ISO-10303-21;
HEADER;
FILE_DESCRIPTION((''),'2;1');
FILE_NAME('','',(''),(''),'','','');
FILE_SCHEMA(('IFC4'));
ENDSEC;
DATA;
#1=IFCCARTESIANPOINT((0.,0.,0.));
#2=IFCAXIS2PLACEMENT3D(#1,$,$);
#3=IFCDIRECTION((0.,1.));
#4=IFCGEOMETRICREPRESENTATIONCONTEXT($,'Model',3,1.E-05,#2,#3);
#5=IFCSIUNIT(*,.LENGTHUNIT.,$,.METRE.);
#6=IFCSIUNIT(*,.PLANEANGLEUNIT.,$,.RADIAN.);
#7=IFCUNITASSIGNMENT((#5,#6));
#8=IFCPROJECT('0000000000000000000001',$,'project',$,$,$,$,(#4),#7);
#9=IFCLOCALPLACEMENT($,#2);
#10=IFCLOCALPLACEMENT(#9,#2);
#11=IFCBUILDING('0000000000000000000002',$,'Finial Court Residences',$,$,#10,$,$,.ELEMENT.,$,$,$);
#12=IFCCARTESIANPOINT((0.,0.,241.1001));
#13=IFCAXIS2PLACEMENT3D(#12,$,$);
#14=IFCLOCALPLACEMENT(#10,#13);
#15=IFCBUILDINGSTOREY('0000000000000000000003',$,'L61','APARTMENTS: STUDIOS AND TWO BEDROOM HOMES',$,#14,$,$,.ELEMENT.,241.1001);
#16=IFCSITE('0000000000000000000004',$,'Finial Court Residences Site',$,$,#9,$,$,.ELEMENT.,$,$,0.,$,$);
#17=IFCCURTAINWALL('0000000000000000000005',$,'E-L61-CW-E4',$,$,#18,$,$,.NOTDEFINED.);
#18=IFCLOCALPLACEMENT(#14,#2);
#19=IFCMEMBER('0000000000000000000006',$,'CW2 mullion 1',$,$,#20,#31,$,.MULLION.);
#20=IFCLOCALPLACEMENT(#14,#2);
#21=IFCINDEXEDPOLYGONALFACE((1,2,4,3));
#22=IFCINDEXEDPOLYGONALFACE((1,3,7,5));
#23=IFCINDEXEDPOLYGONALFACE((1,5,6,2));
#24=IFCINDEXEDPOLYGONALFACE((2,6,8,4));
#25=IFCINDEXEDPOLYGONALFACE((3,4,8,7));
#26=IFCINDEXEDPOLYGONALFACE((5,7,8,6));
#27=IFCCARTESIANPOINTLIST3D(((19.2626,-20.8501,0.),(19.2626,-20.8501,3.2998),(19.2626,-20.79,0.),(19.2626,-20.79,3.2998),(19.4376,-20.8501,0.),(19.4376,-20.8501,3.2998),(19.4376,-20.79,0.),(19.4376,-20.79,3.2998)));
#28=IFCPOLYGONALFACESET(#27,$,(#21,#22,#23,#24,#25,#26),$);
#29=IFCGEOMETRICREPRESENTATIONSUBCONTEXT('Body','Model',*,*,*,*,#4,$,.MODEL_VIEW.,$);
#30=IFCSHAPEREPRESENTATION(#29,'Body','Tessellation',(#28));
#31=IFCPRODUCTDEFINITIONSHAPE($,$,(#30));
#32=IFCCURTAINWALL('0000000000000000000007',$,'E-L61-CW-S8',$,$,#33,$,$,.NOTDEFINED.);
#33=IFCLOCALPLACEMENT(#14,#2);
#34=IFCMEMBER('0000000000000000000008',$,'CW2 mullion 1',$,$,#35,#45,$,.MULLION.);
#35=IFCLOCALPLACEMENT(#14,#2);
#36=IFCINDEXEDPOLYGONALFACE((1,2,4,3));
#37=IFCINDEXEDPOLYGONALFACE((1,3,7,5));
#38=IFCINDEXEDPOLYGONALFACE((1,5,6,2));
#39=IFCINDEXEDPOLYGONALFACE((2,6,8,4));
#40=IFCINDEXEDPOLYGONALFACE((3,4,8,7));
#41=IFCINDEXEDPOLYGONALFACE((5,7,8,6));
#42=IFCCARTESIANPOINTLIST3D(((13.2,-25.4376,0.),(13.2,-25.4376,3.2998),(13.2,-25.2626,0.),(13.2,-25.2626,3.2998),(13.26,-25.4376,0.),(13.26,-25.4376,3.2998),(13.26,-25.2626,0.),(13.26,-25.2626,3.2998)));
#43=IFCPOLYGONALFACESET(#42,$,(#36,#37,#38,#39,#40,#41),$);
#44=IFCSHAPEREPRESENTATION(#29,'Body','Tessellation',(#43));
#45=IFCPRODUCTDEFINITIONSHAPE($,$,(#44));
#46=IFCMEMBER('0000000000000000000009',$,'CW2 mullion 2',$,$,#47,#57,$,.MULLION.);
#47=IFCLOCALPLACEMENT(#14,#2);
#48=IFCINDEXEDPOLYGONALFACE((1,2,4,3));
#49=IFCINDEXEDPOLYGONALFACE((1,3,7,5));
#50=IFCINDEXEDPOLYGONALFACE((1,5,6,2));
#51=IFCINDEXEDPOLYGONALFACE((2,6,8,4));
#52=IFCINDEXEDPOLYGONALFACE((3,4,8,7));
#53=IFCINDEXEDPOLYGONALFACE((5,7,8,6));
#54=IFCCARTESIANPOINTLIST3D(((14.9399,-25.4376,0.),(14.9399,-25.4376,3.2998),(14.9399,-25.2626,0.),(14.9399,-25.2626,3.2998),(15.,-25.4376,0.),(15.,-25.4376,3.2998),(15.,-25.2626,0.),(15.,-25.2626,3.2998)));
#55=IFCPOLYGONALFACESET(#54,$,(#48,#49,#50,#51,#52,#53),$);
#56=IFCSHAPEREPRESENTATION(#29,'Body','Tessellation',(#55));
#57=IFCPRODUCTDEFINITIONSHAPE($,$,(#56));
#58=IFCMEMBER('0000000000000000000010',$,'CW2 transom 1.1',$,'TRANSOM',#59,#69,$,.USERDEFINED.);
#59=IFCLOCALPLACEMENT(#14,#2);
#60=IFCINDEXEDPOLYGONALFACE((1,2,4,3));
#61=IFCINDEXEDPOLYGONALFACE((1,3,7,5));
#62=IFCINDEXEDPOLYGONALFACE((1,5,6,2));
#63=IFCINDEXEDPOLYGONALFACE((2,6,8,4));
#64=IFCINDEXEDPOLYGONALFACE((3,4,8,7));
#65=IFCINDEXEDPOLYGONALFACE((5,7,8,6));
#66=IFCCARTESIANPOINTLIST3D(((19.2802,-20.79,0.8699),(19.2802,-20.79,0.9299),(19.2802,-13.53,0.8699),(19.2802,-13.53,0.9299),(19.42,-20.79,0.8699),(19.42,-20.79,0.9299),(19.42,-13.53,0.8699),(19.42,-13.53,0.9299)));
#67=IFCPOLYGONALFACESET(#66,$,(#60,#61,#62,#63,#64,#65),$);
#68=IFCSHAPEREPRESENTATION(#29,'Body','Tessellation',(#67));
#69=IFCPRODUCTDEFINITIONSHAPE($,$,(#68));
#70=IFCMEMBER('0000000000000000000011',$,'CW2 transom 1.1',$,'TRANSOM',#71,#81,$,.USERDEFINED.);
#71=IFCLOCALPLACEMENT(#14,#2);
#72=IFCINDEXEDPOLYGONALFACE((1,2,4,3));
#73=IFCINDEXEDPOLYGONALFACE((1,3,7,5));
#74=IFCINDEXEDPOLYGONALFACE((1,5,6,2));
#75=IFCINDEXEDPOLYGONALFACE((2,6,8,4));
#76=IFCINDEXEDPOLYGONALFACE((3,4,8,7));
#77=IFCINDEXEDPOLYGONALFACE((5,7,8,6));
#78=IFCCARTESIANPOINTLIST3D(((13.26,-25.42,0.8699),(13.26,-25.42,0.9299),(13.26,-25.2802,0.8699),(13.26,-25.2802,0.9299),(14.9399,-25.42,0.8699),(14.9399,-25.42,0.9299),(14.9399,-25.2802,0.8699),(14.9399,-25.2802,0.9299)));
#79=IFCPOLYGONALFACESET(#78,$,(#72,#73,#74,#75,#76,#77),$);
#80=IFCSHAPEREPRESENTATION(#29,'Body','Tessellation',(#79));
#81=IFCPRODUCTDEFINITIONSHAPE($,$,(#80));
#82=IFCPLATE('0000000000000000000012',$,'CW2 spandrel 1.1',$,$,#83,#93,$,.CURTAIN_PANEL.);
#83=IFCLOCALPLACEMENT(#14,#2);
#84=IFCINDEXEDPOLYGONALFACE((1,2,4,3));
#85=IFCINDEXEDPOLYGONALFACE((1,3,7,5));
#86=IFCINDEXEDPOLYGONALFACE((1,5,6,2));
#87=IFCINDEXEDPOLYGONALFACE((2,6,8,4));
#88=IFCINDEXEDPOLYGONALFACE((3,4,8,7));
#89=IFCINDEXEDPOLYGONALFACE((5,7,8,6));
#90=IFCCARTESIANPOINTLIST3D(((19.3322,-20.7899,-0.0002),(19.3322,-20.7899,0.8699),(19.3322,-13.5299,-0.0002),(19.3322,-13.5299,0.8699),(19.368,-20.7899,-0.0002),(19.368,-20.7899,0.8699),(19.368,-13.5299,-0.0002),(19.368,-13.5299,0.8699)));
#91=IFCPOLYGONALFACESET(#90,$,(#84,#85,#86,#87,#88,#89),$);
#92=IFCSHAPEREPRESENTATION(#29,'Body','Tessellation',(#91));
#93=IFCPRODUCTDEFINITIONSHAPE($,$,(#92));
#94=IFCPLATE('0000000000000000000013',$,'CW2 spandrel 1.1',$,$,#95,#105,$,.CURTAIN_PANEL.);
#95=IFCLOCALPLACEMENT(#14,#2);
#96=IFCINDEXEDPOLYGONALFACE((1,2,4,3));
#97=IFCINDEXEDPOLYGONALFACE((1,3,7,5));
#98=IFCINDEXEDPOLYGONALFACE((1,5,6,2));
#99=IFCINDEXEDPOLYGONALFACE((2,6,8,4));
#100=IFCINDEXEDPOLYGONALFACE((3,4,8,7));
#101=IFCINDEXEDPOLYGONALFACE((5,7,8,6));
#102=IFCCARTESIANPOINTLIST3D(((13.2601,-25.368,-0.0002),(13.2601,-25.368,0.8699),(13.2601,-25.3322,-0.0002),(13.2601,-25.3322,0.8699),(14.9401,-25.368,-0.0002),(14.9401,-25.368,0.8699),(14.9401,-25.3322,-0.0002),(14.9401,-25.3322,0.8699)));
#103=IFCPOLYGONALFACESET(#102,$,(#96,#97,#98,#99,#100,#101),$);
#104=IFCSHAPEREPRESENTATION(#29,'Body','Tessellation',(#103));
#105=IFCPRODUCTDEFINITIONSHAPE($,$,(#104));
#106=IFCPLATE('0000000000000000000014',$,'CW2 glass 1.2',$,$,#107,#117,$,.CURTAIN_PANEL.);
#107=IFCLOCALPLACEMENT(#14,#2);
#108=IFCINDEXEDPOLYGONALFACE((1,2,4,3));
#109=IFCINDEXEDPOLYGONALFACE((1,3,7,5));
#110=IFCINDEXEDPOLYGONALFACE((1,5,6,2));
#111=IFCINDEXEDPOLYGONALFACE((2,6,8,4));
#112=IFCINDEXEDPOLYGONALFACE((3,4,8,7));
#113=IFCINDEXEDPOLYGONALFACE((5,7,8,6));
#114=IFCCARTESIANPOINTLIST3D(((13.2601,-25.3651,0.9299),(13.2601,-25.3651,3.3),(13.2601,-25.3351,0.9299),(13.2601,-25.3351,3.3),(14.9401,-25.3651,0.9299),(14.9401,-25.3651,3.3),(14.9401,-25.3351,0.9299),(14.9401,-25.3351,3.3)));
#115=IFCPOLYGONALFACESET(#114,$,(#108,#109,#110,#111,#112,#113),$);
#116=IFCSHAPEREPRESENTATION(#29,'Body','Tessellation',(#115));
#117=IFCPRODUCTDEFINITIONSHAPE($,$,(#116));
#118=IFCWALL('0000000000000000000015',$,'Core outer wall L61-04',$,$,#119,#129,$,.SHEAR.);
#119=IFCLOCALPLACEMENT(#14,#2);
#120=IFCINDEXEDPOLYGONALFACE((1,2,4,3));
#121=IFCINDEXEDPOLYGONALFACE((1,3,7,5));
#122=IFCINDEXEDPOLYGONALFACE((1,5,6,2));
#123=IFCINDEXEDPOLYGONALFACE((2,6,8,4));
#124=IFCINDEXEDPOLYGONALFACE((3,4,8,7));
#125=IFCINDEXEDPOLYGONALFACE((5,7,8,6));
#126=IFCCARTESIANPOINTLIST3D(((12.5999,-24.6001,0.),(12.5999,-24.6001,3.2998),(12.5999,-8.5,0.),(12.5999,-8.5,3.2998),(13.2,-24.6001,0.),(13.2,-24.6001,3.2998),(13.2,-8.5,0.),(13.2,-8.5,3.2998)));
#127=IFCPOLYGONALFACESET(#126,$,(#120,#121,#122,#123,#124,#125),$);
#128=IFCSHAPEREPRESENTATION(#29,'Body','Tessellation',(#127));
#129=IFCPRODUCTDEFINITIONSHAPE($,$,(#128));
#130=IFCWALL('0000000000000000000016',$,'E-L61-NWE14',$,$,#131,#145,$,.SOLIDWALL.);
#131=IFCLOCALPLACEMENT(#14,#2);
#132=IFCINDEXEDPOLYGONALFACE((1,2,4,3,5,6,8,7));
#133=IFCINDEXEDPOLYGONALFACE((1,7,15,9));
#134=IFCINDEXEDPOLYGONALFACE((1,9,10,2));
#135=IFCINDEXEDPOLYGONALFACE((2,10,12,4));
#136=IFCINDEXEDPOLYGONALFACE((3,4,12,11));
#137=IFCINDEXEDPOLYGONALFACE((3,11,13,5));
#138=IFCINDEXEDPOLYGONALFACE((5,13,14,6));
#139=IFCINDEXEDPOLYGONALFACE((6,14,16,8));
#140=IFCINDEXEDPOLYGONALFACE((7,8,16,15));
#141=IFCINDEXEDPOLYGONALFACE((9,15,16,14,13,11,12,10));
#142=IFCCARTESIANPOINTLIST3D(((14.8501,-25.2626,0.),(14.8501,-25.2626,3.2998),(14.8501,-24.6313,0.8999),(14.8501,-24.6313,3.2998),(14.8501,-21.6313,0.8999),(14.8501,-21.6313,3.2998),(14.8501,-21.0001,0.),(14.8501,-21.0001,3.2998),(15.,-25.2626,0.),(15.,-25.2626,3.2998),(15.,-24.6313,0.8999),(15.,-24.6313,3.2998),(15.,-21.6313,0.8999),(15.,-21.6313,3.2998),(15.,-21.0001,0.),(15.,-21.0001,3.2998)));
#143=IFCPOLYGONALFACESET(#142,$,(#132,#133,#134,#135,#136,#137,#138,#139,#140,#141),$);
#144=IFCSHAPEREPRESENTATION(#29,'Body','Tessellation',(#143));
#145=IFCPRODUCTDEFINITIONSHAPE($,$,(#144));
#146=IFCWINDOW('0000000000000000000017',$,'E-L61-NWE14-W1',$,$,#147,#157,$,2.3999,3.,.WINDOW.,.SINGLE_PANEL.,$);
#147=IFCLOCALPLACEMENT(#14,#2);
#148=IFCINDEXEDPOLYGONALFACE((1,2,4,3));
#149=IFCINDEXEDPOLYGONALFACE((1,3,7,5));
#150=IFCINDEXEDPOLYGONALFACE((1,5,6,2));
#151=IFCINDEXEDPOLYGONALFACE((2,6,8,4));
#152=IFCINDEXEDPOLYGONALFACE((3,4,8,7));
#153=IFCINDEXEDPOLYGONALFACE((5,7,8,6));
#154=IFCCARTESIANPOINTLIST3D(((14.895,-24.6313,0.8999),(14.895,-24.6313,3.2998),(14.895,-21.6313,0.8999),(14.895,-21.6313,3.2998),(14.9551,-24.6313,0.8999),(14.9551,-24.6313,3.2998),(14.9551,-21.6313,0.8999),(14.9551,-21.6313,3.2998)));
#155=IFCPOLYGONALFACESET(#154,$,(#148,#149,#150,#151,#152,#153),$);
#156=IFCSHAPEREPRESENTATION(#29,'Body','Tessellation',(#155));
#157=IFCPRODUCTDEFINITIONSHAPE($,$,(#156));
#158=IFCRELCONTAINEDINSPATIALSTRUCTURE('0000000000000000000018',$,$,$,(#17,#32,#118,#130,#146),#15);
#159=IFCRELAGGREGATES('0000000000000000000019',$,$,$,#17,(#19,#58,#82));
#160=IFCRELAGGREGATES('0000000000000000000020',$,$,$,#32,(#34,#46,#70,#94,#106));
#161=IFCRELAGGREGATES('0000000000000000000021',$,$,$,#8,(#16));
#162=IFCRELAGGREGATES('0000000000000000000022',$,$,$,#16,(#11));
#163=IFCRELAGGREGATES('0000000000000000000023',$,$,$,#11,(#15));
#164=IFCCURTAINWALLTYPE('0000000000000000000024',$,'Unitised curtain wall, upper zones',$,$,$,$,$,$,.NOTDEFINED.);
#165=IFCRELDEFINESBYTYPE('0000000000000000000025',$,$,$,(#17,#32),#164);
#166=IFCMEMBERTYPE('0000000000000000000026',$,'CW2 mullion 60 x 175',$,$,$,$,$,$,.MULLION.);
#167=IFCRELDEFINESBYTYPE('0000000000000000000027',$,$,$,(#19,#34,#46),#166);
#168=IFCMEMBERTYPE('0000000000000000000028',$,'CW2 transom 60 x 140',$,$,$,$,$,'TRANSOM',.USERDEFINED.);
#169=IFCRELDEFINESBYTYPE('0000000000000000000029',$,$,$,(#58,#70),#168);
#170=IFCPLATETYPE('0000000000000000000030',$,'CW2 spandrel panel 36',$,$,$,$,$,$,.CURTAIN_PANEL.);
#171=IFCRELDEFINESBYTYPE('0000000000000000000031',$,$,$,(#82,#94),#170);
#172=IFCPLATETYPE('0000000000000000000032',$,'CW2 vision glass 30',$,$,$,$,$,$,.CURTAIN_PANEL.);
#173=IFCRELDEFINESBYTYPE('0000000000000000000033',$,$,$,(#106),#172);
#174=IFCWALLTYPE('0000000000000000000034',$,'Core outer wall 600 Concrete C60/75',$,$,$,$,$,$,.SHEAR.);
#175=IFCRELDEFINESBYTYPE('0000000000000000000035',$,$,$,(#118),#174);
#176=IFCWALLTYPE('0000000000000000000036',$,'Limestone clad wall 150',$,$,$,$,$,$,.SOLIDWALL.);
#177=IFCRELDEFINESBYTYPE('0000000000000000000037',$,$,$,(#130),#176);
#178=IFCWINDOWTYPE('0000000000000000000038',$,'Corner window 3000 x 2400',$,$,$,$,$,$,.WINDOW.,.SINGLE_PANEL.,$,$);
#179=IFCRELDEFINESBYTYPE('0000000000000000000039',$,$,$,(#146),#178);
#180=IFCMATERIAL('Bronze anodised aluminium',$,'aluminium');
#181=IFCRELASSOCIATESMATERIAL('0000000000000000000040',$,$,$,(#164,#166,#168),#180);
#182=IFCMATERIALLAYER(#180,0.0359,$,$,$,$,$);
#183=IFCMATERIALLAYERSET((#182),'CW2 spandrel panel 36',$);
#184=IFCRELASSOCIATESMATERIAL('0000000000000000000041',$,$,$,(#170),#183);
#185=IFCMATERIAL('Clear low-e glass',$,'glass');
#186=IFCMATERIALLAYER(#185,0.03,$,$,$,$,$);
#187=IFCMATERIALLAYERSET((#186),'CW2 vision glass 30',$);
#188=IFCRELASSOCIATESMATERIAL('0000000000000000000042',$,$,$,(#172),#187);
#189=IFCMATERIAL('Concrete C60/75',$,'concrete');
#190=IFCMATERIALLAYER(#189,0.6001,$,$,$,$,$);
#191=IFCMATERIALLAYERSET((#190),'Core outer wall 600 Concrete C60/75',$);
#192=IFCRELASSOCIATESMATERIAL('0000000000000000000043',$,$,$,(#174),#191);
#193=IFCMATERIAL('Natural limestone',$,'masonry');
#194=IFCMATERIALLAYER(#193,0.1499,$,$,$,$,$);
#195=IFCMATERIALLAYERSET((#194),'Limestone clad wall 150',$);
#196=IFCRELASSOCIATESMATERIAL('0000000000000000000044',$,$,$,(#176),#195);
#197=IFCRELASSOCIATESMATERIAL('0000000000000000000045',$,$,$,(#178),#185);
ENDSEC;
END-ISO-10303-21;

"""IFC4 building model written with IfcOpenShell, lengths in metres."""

from ifc_helpers import new_model, si_unit, direction, frame, frame_2d, origin, origin_2d, place, context, subcontext, project, spatial, rectangle, extrude, material, layer, layer_set, material_profile, profile_set, type_object, element, fill, aggregate, save


model = new_model("IFC4")

# Units and contexts
model_context = context("Model", 3, precision=1e-05, world=origin(), true_north=direction((0.0, 1.0)))
body_context = subcontext(model_context, "Body", "Model", "MODEL_VIEW")
ifc_project = project(units=[si_unit("LENGTHUNIT", "METRE"), si_unit("PLANEANGLEUNIT", "RADIAN")], contexts=[model_context])

# Site, building, storey
site_placement = place(None, origin())
site = spatial("IfcSite", under=ifc_project, at=site_placement, Name="Finial Court Residences Site", CompositionType="ELEMENT", RefElevation=0.0)
building_placement = place(site_placement, origin())
building = spatial("IfcBuilding", under=site, at=building_placement, Name="Finial Court Residences", CompositionType="ELEMENT")
storey_placement = place(building_placement, frame((0.0, 0.0, 241.1001)))
storey = spatial("IfcBuildingStorey", under=building, at=storey_placement, Name="L61", Description="APARTMENTS: STUDIOS AND TWO BEDROOM HOMES", CompositionType="ELEMENT", Elevation=241.1001)

# Curtain wall, member
ifc_material_1 = material(Name="Bronze anodised aluminium", Category="aluminium")
curtain_wall_type = type_object("IfcCurtainWallType", Name="Unitised curtain wall, upper zones", PredefinedType="NOTDEFINED", material=ifc_material_1)
curtain_wall_1_placement = place(storey_placement, origin())
curtain_wall_1 = element("IfcCurtainWall", 1, at=curtain_wall_1_placement, inside=storey, type_object=curtain_wall_type, Name="E-L61-CW-E4", PredefinedType="NOTDEFINED")
ifc_material_profile_1 = material_profile(ifc_material_1, rectangle(XDim=0.175, YDim=0.0601, at=origin_2d()), Name="CW2 mullion 60 x 175")
ifc_profile_set_1 = profile_set([ifc_material_profile_1], Name="Bronze anodised aluminium")
member_type_1 = type_object("IfcMemberType", Name="CW2 mullion 60 x 175", PredefinedType="MULLION", material=ifc_profile_set_1)
member_1_placement = place(storey_placement, frame((19.3501, -20.8201, 0.0), z_axis=(0.0, 0.0, 1.0), x_axis=(-1.0, 0.0, 0.0)))
member_1 = element("IfcMember", 2, at=member_1_placement, type_object=member_type_1, Name="CW2 mullion 1", PredefinedType="MULLION", context=body_context, shape_type="SweptSolid", body=[
    extrude(rectangle(XDim=0.175, YDim=0.0601, at=origin_2d()), origin(), (0.0, 0.0, 1.0), 3.2998),
])

# Curtain wall, members
curtain_wall_2_placement = place(storey_placement, origin())
curtain_wall_2 = element("IfcCurtainWall", 3, at=curtain_wall_2_placement, inside=storey, type_object=curtain_wall_type, Name="E-L61-CW-S8", PredefinedType="NOTDEFINED")
member_2_placement = place(storey_placement, frame((13.23, -25.3501, 0.0), z_axis=(0.0, 0.0, 1.0), x_axis=(0.0, 1.0, 0.0)))
member_2 = element("IfcMember", 4, at=member_2_placement, type_object=member_type_1, Name="CW2 mullion 1", PredefinedType="MULLION", context=body_context, shape_type="SweptSolid", body=[
    extrude(rectangle(XDim=0.175, YDim=0.0601, at=origin_2d()), origin(), (0.0, 0.0, 1.0), 3.2998),
])
member_3_placement = place(storey_placement, frame((14.97, -25.3501, 0.0), z_axis=(0.0, 0.0, 1.0), x_axis=(0.0, 1.0, 0.0)))
member_3 = element("IfcMember", 5, at=member_3_placement, type_object=member_type_1, Name="CW2 mullion 2", PredefinedType="MULLION", context=body_context, shape_type="SweptSolid", body=[
    extrude(rectangle(XDim=0.175, YDim=0.0601, at=origin_2d()), origin(), (0.0, 0.0, 1.0), 3.2998),
])

# Members
ifc_material_profile_2 = material_profile(ifc_material_1, rectangle(XDim=0.1399, YDim=0.0601, at=origin_2d()), Name="CW2 transom 60 x 140")
ifc_profile_set_2 = profile_set([ifc_material_profile_2], Name="Bronze anodised aluminium")
member_type_2 = type_object("IfcMemberType", Name="CW2 transom 60 x 140", ElementType="TRANSOM", PredefinedType="USERDEFINED", material=ifc_profile_set_2)
member_4_placement = place(storey_placement, frame((19.3501, -20.79, 0.8999), z_axis=(0.0, 1.0, 0.0), x_axis=(-1.0, 0.0, 0.0)))
member_4 = element("IfcMember", 6, at=member_4_placement, type_object=member_type_2, Name="CW2 transom 1.1", ObjectType="TRANSOM", PredefinedType="USERDEFINED", context=body_context, shape_type="SweptSolid", body=[
    extrude(rectangle(XDim=0.1399, YDim=0.0601, at=origin_2d()), origin(), (0.0, 0.0, 1.0), 7.26),
])
member_5_placement = place(storey_placement, frame((13.26, -25.3501, 0.8999), z_axis=(1.0, 0.0, 0.0), x_axis=(0.0, 1.0, 0.0)))
member_5 = element("IfcMember", 7, at=member_5_placement, type_object=member_type_2, Name="CW2 transom 1.1", ObjectType="TRANSOM", PredefinedType="USERDEFINED", context=body_context, shape_type="SweptSolid", body=[
    extrude(rectangle(XDim=0.1399, YDim=0.0601, at=origin_2d()), origin(), (0.0, 0.0, 1.0), 1.6799),
])

# Plates
ifc_layer_1 = layer(ifc_material_1, 0.0359)
ifc_layer_set_1 = layer_set([ifc_layer_1], Name="CW2 spandrel panel 36")
plate_type_1 = type_object("IfcPlateType", Name="CW2 spandrel panel 36", PredefinedType="CURTAIN_PANEL", material=ifc_layer_set_1)
plate_1_placement = place(storey_placement, frame((19.3501, -17.1599, -0.0002), z_axis=(0.0, 0.0, 1.0), x_axis=(0.0, 1.0, 0.0)))
plate_1 = element("IfcPlate", 8, at=plate_1_placement, type_object=plate_type_1, Name="CW2 spandrel 1.1", PredefinedType="CURTAIN_PANEL", context=body_context, shape_type="SweptSolid", body=[
    extrude(rectangle(XDim=7.26, YDim=0.0359, at=origin_2d()), origin(), (0.0, 0.0, 1.0), 0.8701),
])
aggregate(curtain_wall_1, [member_1, member_4, plate_1])
plate_2_placement = place(storey_placement, frame((14.1001, -25.3501, -0.0002), z_axis=(0.0, 0.0, 1.0), x_axis=(1.0, 0.0, 0.0)))
plate_2 = element("IfcPlate", 9, at=plate_2_placement, type_object=plate_type_1, Name="CW2 spandrel 1.1", PredefinedType="CURTAIN_PANEL", context=body_context, shape_type="SweptSolid", body=[
    extrude(rectangle(XDim=1.6799, YDim=0.0359, at=origin_2d()), origin(), (0.0, 0.0, 1.0), 0.8701),
])
ifc_material_2 = material(Name="Clear low-e glass", Category="glass")
ifc_layer_2 = layer(ifc_material_2, 0.03)
ifc_layer_set_2 = layer_set([ifc_layer_2], Name="CW2 vision glass 30")
plate_type_2 = type_object("IfcPlateType", Name="CW2 vision glass 30", PredefinedType="CURTAIN_PANEL", material=ifc_layer_set_2)
plate_3_placement = place(storey_placement, frame((14.1001, -25.3501, 0.9299), z_axis=(0.0, 0.0, 1.0), x_axis=(1.0, 0.0, 0.0)))
plate_3 = element("IfcPlate", 10, at=plate_3_placement, type_object=plate_type_2, Name="CW2 glass 1.2", PredefinedType="CURTAIN_PANEL", context=body_context, shape_type="SweptSolid", body=[
    extrude(rectangle(XDim=1.6799, YDim=0.03, at=origin_2d()), origin(), (0.0, 0.0, 1.0), 2.3701),
])
aggregate(curtain_wall_2, [member_2, member_3, member_5, plate_2, plate_3])

# Wall
ifc_material_3 = material(Name="Concrete C60/75", Category="concrete")
ifc_layer_3 = layer(ifc_material_3, 0.6001)
ifc_layer_set_3 = layer_set([ifc_layer_3], Name="Core outer wall 600 Concrete C60/75")
wall_type_1 = type_object("IfcWallType", Name="Core outer wall 600 Concrete C60/75", PredefinedType="SHEAR", material=ifc_layer_set_3)
wall_1_placement = place(storey_placement, frame((12.8999, -24.6001, 0.0), z_axis=(0.0, 0.0, 1.0), x_axis=(0.0, 1.0, 0.0)))
element("IfcWall", 11, at=wall_1_placement, inside=storey, type_object=wall_type_1, Name="Core outer wall L61-04", PredefinedType="SHEAR", context=body_context, shape_type="SweptSolid", body=[
    extrude(rectangle(XDim=16.1001, YDim=0.6001, at=frame_2d((8.05, 0.0))), origin(), (0.0, 0.0, 1.0), 3.2998),
])

# Wall, opening, window
ifc_material_4 = material(Name="Natural limestone", Category="masonry")
ifc_layer_4 = layer(ifc_material_4, 0.1499)
ifc_layer_set_4 = layer_set([ifc_layer_4], Name="Limestone clad wall 150")
wall_type_2 = type_object("IfcWallType", Name="Limestone clad wall 150", PredefinedType="SOLIDWALL", material=ifc_layer_set_4)
wall_2_placement = place(storey_placement, frame((14.925, -21.0, 0.0), z_axis=(0.0, 0.0, 1.0), x_axis=(0.0, -1.0, 0.0)))
wall_2 = element("IfcWall", 12, at=wall_2_placement, inside=storey, type_object=wall_type_2, Name="E-L61-NWE14", PredefinedType="SOLIDWALL", context=body_context, shape_type="SweptSolid", body=[
    extrude(rectangle(XDim=4.2625, YDim=0.1499, at=frame_2d((2.1313, 0.0))), origin(), (0.0, 0.0, 1.0), 3.2998),
])
opening_1_placement = place(wall_2_placement, frame((0.6313, 0.0, 0.8999)))
opening_1 = element("IfcOpeningElement", 13, at=opening_1_placement, cuts=wall_2, PredefinedType="OPENING", context=body_context, shape_type="SweptSolid", body=[
    extrude(rectangle(XDim=3.0, YDim=2.3999, at=frame_2d((1.5, 1.2))), frame((0.0, 0.085, 0.0), z_axis=(0.0, -1.0, 0.0), x_axis=(1.0, 0.0, 0.0)), (0.0, 0.0, 1.0), 0.1699),
])
window_type = type_object("IfcWindowType", Name="Corner window 3000 x 2400", PartitioningType="SINGLE_PANEL", PredefinedType="WINDOW", material=ifc_material_2)
window_1_placement = place(opening_1_placement, origin())
window_1 = element("IfcWindow", 14, at=window_1_placement, inside=storey, type_object=window_type, Name="E-L61-NWE14-W1", OverallHeight=2.3999, OverallWidth=3.0, PartitioningType="SINGLE_PANEL", PredefinedType="WINDOW", context=body_context, shape_type="SweptSolid", body=[
    extrude(rectangle(XDim=3.0, YDim=2.3999, at=frame_2d((1.5, 1.2))), frame((0.0, 0.03, 0.0), z_axis=(0.0, -1.0, 0.0), x_axis=(1.0, 0.0, 0.0)), (0.0, 0.0, 1.0), 0.0601),
])
fill(opening_1, window_1)

save(model, "model.ifc")
